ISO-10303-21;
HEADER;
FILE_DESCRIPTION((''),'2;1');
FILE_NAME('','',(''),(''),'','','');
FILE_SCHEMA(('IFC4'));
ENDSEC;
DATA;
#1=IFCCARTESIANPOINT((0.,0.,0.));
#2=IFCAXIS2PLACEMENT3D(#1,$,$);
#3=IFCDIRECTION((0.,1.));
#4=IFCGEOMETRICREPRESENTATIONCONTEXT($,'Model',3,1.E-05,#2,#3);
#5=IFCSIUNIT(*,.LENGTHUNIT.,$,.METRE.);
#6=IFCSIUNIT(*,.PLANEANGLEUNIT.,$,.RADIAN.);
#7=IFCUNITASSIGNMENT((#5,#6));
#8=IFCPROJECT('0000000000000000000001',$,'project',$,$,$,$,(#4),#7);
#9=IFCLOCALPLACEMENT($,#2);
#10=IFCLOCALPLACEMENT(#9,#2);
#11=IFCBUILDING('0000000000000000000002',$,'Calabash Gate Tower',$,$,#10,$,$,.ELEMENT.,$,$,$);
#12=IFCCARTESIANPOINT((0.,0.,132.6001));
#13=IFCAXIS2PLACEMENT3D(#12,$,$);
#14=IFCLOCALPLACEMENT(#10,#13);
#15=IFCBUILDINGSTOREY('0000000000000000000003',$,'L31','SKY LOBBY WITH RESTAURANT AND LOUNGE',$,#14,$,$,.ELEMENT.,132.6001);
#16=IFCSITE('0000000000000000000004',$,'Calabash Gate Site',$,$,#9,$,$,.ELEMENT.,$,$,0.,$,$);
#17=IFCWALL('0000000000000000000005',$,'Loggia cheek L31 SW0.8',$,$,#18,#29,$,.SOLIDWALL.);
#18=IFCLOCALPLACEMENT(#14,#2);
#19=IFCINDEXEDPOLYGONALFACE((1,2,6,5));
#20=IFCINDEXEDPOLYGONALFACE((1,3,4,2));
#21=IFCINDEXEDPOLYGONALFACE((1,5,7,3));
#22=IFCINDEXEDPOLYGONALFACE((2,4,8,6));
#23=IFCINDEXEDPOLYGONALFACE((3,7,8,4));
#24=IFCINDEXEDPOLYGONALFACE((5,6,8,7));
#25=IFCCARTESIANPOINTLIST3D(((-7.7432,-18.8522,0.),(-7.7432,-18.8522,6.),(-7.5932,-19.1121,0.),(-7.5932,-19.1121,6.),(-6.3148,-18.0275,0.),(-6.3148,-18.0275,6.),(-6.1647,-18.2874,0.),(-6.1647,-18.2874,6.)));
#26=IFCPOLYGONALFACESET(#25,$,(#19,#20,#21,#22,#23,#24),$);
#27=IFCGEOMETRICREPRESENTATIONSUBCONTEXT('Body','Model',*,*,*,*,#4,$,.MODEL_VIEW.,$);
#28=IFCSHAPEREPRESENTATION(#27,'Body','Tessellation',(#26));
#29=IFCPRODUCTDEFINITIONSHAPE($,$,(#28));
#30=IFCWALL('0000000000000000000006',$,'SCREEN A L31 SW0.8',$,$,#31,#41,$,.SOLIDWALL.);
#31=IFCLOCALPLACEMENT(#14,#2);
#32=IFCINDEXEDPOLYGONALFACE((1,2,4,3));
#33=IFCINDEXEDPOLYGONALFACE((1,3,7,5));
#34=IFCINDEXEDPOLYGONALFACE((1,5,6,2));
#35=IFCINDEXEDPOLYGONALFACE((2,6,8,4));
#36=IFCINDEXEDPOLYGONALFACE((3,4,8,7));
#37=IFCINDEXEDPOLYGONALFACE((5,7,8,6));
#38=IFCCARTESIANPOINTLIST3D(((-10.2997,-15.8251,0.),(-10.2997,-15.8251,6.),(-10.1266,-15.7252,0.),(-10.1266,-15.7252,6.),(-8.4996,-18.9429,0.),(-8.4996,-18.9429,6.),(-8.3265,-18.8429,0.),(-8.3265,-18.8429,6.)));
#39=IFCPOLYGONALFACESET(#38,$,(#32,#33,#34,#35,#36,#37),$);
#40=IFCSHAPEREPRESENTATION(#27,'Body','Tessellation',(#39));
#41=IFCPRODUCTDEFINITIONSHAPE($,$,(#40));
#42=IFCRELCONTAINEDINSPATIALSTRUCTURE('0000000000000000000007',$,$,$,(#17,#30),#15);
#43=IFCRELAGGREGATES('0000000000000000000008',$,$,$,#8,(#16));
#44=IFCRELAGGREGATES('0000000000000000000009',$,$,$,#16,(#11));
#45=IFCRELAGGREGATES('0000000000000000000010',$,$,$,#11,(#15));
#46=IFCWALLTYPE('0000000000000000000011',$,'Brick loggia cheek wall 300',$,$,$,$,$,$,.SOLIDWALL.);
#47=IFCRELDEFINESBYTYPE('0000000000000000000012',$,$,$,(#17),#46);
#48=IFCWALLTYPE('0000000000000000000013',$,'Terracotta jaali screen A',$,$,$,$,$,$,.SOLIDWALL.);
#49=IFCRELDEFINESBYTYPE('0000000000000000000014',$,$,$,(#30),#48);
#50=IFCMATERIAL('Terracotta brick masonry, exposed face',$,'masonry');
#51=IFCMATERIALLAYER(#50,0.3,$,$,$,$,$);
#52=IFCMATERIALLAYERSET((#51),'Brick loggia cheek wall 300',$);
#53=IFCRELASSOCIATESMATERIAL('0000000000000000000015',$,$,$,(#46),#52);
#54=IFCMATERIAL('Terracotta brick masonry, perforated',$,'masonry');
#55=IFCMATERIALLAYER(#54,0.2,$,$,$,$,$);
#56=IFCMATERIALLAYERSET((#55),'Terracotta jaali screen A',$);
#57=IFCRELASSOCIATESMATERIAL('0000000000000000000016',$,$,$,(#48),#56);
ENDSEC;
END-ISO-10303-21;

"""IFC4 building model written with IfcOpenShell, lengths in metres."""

from ifc_helpers import new_model, si_unit, direction, frame, frame_2d, origin, place, context, subcontext, project, spatial, rectangle, extrude, material, layer, layer_set, type_object, element, save


model = new_model("IFC4")

# Units and contexts
model_context = context("Model", 3, precision=1e-05, world=origin(), true_north=direction((0.0, 1.0)))
body_context = subcontext(model_context, "Body", "Model", "MODEL_VIEW")
ifc_project = project(units=[si_unit("LENGTHUNIT", "METRE"), si_unit("PLANEANGLEUNIT", "RADIAN")], contexts=[model_context])

# Site, building, storey
site_placement = place(None, origin())
site = spatial("IfcSite", under=ifc_project, at=site_placement, Name="Calabash Gate Site", CompositionType="ELEMENT", RefElevation=0.0)
building_placement = place(site_placement, origin())
building = spatial("IfcBuilding", under=site, at=building_placement, Name="Calabash Gate Tower", CompositionType="ELEMENT")
storey_placement = place(building_placement, frame((0.0, 0.0, 132.6001)))
storey = spatial("IfcBuildingStorey", under=building, at=storey_placement, Name="L31", Description="SKY LOBBY WITH RESTAURANT AND LOUNGE", CompositionType="ELEMENT", Elevation=132.6001)

# Walls
ifc_material_1 = material(Name="Terracotta brick masonry, exposed face", Category="masonry")
ifc_layer_1 = layer(ifc_material_1, 0.3)
ifc_layer_set_1 = layer_set([ifc_layer_1], Name="Brick loggia cheek wall 300")
wall_type_1 = type_object("IfcWallType", Name="Brick loggia cheek wall 300", PredefinedType="SOLIDWALL", material=ifc_layer_set_1)
wall_1_placement = place(storey_placement, frame((-6.2397, -18.1575, 0.0), z_axis=(0.0, 0.0, 1.0), x_axis=(-0.86603, -0.499992, 0.0)))
element("IfcWall", 1, at=wall_1_placement, inside=storey, type_object=wall_type_1, Name="Loggia cheek L31 SW0.8", PredefinedType="SOLIDWALL", context=body_context, shape_type="SweptSolid", body=[
    extrude(rectangle(XDim=1.6494, YDim=0.3, at=frame_2d((0.8247, 0.0))), origin(), (0.0, 0.0, 1.0), 6.0),
])
ifc_material_2 = material(Name="Terracotta brick masonry, perforated", Category="masonry")
ifc_layer_2 = layer(ifc_material_2, 0.2)
ifc_layer_set_2 = layer_set([ifc_layer_2], Name="Terracotta jaali screen A")
wall_type_2 = type_object("IfcWallType", Name="Terracotta jaali screen A", PredefinedType="SOLIDWALL", material=ifc_layer_set_2)
wall_2_placement = place(storey_placement, frame((-10.2131, -15.7751, 0.0), z_axis=(0.0, 0.0, 1.0), x_axis=(0.500012, -0.866018, 0.0)))
element("IfcWall", 2, at=wall_2_placement, inside=storey, type_object=wall_type_2, Name="SCREEN A L31 SW0.8", PredefinedType="SOLIDWALL", context=body_context, shape_type="SweptSolid", body=[
    extrude(rectangle(XDim=3.6001, YDim=0.2, at=frame_2d((1.8, 0.0))), origin(), (0.0, 0.0, 1.0), 6.0),
])

save(model, "model.ifc")
